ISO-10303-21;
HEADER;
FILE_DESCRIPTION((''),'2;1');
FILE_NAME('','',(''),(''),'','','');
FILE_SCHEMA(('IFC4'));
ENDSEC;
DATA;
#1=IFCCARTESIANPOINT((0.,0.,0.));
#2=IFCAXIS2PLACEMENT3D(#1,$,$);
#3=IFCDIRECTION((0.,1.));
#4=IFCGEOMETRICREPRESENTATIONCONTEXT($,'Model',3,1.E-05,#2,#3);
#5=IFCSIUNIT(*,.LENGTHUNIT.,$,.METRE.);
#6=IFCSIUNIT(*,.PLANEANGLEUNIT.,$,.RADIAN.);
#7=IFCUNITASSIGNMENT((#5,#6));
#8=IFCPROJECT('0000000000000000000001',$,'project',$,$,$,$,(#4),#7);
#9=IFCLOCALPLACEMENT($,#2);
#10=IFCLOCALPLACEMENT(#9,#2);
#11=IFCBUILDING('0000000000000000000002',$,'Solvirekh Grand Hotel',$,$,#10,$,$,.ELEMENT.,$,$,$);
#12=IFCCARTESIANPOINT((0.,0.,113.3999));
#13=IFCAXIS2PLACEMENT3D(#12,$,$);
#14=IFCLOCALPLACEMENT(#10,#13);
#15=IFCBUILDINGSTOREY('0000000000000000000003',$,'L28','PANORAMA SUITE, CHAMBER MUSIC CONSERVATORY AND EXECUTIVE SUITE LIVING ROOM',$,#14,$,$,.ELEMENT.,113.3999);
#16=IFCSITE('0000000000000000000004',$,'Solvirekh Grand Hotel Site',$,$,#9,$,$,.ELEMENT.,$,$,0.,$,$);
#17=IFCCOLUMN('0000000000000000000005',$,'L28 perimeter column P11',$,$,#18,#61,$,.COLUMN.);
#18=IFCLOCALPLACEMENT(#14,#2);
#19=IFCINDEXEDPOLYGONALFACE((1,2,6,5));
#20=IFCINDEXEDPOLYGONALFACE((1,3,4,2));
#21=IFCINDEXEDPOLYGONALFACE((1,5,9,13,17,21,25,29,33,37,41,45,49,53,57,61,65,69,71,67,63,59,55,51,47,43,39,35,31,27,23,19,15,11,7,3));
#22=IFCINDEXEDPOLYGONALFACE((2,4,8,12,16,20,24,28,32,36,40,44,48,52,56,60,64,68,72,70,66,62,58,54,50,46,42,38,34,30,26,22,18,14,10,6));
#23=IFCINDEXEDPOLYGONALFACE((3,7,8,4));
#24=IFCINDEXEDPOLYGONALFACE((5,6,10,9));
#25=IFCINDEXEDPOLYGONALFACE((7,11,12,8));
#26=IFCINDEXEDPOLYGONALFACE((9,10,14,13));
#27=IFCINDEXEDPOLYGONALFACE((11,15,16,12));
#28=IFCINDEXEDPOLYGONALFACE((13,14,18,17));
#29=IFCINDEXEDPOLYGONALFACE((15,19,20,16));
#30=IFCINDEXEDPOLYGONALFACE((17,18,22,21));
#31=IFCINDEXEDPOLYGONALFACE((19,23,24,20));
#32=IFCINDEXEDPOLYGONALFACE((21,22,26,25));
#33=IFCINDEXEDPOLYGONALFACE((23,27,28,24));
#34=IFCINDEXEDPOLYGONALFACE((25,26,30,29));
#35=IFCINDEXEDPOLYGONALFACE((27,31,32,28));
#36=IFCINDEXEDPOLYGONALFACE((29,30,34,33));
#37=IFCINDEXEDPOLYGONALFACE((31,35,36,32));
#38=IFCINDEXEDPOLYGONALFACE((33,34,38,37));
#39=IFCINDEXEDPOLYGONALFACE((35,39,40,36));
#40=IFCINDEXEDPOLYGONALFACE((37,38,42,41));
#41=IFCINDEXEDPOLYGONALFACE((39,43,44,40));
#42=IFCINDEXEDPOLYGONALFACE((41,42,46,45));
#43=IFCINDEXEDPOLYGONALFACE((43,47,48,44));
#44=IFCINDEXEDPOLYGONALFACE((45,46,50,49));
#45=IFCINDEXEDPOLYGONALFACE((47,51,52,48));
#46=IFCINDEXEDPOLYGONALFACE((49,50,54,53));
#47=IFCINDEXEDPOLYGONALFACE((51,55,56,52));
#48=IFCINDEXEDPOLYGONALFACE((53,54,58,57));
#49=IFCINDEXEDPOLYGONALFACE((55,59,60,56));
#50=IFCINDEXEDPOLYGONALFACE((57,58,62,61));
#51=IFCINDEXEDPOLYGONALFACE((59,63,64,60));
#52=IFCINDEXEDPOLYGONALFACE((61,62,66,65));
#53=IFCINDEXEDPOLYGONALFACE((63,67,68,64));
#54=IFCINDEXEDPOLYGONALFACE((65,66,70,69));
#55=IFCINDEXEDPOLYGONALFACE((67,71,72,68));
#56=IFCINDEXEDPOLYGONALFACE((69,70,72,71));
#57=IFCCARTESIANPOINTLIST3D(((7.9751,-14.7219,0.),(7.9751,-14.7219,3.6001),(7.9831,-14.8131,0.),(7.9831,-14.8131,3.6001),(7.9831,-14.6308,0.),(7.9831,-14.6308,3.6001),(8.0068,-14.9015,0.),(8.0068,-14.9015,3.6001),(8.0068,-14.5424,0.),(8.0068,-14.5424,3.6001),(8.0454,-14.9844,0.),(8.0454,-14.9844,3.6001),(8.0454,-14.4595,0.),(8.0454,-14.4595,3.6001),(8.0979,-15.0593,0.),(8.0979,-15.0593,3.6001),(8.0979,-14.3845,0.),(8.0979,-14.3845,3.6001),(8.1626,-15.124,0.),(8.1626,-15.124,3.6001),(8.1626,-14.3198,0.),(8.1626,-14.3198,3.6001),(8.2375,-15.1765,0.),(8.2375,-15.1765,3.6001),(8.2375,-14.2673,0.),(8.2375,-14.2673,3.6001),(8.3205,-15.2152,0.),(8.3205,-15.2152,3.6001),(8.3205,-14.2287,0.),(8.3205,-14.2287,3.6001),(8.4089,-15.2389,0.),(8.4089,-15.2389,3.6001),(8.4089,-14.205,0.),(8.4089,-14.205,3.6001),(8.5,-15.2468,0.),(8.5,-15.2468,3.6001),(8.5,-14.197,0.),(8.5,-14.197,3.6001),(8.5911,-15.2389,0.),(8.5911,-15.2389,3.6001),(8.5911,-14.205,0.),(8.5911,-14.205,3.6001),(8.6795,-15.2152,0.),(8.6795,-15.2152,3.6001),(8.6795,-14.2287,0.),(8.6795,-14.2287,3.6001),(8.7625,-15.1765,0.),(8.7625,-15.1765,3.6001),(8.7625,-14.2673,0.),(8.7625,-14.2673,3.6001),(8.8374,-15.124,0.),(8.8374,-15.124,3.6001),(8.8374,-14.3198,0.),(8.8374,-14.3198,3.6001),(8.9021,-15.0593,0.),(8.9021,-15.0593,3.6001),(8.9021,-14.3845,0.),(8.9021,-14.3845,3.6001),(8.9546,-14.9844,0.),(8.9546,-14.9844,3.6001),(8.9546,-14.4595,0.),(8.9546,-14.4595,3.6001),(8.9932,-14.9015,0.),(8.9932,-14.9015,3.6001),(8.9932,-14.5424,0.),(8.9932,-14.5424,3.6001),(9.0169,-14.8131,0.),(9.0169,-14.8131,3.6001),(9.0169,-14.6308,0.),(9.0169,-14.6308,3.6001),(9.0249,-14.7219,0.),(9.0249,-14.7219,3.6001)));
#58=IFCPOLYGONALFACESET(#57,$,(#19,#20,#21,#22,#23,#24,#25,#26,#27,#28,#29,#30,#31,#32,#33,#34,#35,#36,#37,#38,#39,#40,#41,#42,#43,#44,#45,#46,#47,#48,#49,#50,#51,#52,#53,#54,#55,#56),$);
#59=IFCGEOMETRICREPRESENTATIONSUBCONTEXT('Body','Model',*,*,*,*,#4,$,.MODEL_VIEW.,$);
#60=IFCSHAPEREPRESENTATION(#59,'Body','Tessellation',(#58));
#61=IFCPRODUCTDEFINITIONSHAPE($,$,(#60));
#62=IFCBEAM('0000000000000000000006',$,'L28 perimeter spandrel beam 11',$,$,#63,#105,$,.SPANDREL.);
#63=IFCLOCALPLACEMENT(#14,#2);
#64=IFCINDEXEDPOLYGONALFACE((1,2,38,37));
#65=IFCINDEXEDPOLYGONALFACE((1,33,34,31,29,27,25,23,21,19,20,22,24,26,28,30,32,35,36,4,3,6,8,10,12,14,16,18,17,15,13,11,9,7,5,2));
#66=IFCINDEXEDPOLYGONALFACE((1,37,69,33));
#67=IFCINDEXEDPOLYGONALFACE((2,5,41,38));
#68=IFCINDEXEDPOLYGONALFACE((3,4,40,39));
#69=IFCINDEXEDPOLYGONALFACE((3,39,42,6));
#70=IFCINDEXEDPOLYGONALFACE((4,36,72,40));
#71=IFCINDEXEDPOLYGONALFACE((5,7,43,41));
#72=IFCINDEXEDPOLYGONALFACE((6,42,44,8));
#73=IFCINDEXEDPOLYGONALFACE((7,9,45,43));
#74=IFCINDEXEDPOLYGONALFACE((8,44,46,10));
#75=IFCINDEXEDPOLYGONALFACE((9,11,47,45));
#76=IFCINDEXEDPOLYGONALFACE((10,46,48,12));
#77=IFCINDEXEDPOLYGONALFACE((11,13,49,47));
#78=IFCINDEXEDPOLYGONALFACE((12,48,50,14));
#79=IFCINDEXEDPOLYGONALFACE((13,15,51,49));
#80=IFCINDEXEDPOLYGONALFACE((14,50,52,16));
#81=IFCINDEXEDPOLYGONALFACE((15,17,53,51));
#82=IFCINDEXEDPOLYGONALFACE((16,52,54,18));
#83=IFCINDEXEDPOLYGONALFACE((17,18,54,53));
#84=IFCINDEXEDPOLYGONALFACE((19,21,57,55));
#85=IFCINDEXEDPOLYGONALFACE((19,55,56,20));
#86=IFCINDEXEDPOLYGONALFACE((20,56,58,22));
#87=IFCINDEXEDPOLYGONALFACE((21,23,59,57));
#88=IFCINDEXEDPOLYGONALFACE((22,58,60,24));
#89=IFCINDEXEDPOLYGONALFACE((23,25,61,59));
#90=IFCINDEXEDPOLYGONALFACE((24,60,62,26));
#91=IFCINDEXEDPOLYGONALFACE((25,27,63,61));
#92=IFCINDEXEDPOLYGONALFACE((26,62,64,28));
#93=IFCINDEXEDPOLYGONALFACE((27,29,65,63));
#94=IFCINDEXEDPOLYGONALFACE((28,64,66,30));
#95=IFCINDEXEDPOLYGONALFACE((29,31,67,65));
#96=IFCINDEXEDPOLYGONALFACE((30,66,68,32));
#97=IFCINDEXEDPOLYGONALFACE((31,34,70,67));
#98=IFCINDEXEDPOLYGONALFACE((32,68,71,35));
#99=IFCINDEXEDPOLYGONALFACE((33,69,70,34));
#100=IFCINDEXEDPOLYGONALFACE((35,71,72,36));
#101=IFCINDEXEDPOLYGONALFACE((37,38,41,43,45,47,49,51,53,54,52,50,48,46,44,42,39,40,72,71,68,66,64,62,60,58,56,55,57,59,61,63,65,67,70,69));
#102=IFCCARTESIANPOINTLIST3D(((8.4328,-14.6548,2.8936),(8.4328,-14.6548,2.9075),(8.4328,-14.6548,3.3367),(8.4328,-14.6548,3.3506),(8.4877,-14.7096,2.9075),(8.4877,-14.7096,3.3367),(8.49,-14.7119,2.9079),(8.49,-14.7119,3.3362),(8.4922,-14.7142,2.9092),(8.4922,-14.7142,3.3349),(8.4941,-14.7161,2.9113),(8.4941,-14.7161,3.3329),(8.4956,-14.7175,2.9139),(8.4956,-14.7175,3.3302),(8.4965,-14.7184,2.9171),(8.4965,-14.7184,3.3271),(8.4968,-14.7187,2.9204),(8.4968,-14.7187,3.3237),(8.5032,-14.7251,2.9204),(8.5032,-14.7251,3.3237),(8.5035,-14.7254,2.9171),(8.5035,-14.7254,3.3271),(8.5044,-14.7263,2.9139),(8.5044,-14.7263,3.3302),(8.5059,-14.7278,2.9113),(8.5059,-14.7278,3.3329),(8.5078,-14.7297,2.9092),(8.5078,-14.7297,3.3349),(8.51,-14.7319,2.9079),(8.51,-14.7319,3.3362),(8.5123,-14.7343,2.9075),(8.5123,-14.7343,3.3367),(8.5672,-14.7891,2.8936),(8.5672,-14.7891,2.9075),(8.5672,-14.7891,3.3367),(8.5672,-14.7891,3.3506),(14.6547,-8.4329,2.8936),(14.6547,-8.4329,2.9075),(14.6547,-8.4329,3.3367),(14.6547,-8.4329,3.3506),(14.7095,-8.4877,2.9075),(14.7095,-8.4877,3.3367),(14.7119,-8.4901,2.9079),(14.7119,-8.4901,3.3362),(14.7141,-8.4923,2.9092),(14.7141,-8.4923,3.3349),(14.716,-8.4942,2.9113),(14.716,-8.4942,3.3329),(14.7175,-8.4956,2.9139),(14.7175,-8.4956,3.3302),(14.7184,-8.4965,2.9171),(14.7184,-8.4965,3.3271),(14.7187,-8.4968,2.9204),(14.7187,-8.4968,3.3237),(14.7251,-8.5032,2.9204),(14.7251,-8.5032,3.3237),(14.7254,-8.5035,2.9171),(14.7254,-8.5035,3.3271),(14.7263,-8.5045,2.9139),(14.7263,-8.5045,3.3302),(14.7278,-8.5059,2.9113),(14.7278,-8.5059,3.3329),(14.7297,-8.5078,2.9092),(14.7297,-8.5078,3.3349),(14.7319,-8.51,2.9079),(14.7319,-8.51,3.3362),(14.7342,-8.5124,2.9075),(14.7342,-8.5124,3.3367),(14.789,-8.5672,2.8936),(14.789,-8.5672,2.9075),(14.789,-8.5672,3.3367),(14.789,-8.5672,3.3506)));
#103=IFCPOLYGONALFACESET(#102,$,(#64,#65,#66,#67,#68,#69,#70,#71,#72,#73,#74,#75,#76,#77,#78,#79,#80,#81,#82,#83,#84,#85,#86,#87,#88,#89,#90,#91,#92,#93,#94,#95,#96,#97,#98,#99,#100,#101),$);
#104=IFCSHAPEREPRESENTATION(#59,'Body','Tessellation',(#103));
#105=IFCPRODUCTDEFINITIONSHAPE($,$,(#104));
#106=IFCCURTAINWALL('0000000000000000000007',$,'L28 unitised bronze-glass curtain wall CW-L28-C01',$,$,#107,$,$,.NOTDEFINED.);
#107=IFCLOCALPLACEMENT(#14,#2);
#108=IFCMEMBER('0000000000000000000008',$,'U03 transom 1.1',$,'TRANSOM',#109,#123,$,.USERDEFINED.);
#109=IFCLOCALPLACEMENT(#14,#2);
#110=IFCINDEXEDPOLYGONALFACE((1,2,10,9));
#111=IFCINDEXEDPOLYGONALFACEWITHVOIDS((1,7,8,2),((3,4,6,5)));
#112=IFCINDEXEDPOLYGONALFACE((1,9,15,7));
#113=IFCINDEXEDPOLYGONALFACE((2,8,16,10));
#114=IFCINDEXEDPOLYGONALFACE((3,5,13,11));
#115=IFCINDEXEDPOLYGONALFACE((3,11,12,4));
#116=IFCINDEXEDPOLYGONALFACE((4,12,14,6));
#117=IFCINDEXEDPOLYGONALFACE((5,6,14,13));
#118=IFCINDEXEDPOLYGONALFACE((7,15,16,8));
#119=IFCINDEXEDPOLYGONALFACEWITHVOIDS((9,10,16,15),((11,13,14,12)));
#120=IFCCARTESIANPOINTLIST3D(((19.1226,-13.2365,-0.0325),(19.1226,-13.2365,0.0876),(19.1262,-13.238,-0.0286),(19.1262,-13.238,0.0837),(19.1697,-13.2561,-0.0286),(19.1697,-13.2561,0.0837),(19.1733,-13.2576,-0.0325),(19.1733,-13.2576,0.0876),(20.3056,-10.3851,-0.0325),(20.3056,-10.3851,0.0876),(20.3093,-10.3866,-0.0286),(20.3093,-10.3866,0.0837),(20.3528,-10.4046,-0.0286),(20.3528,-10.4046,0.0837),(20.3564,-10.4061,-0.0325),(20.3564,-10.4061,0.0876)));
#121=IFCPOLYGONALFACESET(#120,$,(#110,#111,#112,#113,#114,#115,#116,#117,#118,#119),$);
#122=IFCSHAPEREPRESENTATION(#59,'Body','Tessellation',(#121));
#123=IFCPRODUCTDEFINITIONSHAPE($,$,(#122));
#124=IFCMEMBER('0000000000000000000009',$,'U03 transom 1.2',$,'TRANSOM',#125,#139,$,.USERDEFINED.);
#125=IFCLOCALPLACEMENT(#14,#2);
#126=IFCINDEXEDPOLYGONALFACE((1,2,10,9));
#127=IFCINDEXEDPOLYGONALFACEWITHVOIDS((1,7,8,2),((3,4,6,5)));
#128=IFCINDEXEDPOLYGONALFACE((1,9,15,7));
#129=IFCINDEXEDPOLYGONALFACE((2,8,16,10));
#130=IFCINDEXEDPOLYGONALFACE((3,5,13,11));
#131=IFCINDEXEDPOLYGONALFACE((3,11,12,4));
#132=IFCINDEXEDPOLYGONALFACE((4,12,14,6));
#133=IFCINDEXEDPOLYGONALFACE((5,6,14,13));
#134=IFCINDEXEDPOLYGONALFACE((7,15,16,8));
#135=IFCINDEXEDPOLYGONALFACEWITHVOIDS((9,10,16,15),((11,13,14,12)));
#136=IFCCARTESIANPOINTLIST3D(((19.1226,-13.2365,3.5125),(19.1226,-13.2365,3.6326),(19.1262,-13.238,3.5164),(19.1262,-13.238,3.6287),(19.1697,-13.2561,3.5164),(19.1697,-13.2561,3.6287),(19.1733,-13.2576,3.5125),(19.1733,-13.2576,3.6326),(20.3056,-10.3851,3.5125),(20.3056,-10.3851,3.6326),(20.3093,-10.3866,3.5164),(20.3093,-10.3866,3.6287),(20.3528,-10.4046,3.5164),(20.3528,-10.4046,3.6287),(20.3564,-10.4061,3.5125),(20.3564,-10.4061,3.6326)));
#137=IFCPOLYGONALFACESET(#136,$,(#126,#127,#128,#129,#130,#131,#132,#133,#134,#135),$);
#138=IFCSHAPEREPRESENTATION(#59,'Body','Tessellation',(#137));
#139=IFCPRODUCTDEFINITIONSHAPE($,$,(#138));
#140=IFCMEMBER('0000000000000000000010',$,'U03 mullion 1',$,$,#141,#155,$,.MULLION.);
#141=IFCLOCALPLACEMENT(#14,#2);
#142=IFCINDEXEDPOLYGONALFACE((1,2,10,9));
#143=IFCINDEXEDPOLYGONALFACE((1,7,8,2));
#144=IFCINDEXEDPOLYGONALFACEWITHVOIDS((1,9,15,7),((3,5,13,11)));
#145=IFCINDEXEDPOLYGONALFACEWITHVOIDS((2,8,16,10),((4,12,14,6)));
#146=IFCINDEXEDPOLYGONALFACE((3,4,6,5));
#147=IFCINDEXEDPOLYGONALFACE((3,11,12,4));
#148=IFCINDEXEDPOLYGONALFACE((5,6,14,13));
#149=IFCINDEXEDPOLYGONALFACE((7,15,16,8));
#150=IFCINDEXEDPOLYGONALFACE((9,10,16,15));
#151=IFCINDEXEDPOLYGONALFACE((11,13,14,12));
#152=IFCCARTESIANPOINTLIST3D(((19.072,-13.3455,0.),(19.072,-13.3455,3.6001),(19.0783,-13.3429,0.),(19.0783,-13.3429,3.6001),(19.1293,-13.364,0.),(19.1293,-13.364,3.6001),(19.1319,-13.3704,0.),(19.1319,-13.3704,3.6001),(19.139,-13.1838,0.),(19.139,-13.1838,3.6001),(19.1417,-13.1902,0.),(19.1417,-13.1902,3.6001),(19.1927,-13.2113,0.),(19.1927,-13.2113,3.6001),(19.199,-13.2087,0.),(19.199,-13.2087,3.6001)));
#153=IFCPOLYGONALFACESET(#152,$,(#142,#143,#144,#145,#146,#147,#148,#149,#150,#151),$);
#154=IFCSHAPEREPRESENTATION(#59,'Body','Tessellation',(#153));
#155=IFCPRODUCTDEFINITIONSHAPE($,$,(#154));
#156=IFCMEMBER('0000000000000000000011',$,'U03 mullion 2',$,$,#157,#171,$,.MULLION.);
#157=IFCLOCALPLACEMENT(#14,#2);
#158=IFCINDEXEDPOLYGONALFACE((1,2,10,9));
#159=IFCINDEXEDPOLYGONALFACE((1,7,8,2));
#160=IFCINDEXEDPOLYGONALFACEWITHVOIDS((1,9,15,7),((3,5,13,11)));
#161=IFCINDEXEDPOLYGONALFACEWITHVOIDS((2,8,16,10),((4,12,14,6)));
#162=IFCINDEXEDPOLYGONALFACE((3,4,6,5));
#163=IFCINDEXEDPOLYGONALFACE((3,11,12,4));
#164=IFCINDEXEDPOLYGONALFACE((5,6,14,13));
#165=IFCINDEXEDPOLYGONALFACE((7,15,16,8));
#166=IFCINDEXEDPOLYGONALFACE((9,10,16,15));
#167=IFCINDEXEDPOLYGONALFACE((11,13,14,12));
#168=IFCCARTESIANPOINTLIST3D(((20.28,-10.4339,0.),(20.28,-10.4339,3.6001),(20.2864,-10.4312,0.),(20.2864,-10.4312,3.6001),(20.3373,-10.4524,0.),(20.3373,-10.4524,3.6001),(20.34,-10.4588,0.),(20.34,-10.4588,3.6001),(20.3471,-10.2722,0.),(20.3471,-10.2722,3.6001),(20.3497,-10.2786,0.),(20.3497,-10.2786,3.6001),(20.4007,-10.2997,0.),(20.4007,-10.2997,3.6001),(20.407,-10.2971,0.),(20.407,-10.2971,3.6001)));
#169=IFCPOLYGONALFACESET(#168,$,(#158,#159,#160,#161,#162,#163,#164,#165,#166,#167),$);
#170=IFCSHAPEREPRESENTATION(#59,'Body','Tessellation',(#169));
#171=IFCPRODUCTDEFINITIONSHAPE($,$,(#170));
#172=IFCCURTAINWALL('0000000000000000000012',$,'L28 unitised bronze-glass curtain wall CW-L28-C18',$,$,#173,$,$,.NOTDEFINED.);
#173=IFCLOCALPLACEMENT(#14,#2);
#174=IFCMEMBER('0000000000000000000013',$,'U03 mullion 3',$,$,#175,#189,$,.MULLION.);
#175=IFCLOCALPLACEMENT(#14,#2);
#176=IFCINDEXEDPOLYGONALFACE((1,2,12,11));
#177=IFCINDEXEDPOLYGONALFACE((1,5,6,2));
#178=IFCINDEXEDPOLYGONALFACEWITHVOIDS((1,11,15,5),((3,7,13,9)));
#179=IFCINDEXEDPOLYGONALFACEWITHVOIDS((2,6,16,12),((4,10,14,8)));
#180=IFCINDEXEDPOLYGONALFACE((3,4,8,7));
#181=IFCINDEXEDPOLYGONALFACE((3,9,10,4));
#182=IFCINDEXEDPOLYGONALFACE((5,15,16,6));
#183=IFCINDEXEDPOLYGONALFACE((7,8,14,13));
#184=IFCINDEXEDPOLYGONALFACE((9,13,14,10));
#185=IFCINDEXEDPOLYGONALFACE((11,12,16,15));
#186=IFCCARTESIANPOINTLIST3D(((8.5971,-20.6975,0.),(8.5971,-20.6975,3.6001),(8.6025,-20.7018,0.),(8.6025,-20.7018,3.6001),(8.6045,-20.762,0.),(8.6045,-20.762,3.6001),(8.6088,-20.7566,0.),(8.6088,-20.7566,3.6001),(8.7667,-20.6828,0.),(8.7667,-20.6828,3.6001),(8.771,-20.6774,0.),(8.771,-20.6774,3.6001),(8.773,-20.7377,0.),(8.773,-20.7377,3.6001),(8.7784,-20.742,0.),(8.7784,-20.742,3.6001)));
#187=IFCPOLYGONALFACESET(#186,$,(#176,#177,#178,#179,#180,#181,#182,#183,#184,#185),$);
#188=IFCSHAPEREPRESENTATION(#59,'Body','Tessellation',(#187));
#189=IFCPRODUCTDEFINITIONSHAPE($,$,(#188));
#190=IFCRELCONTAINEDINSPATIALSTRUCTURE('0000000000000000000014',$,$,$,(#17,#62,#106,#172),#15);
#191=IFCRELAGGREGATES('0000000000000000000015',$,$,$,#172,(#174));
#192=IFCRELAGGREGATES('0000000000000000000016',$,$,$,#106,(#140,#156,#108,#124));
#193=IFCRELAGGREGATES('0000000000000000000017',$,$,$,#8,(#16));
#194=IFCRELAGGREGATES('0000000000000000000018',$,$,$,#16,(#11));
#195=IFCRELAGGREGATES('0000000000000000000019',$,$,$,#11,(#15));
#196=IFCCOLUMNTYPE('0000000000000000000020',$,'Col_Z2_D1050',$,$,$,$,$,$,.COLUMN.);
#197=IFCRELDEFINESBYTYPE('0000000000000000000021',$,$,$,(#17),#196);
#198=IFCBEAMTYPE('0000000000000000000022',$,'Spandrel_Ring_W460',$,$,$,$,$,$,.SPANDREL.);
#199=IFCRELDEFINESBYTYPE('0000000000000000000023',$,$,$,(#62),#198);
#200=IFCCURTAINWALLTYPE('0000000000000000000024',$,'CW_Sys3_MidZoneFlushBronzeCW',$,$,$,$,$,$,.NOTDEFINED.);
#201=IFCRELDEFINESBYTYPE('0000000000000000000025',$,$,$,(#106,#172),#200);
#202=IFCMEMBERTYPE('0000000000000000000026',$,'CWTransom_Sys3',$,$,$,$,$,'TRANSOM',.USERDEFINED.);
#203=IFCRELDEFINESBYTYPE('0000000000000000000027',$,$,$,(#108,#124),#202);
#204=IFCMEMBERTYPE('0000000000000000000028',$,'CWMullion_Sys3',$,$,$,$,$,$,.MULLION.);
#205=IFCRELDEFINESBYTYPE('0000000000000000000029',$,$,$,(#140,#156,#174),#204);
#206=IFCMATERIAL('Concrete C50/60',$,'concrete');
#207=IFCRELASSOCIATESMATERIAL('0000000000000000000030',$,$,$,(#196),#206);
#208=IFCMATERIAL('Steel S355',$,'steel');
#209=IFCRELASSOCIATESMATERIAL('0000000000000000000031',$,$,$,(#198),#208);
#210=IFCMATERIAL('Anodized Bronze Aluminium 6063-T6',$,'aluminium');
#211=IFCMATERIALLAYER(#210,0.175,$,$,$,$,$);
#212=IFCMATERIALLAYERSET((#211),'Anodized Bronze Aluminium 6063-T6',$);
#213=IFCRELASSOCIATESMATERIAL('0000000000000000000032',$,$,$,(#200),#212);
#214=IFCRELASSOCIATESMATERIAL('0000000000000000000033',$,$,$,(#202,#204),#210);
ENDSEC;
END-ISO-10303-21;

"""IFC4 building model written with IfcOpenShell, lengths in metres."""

from ifc_helpers import new_model, si_unit, direction, frame, origin, origin_2d, place, context, subcontext, project, spatial, hollow_rectangle, circle, i_section, extrude, source, transform, mapped, material, layer, layer_set, material_profile, profile_set, type_object, element, aggregate, save


model = new_model("IFC4")

# Units and contexts
model_context = context("Model", 3, precision=1e-05, world=origin(), true_north=direction((0.0, 1.0)))
body_context = subcontext(model_context, "Body", "Model", "MODEL_VIEW")
ifc_project = project(units=[si_unit("LENGTHUNIT", "METRE"), si_unit("PLANEANGLEUNIT", "RADIAN")], contexts=[model_context])

# Site, building, storey
site_placement = place(None, origin())
site = spatial("IfcSite", under=ifc_project, at=site_placement, Name="Solvirekh Grand Hotel Site", CompositionType="ELEMENT", RefElevation=0.0)
building_placement = place(site_placement, origin())
building = spatial("IfcBuilding", under=site, at=building_placement, Name="Solvirekh Grand Hotel", CompositionType="ELEMENT")
storey_placement = place(building_placement, frame((0.0, 0.0, 113.3999)))
storey = spatial("IfcBuildingStorey", under=building, at=storey_placement, Name="L28", Description="PANORAMA SUITE, CHAMBER MUSIC CONSERVATORY AND EXECUTIVE SUITE LIVING ROOM", CompositionType="ELEMENT", Elevation=113.3999)

# Column
ifc_material_1 = material(Name="Concrete C50/60", Category="concrete")
ifc_material_profile_1 = material_profile(ifc_material_1, circle(Radius=0.5249, at=origin_2d()), Name="RC CIRC D1050")
ifc_profile_set_1 = profile_set([ifc_material_profile_1], Name="Concrete C50/60")
column_type = type_object("IfcColumnType", Name="Col_Z2_D1050", PredefinedType="COLUMN", material=ifc_profile_set_1)
column_placement = place(storey_placement, frame((8.5, -14.7219, 0.0), z_axis=(0.0, 0.0, 1.0), x_axis=(1.0, 0.0, 0.0)))
element("IfcColumn", 1, at=column_placement, inside=storey, type_object=column_type, Name="L28 perimeter column P11", PredefinedType="COLUMN", context=body_context, shape_type="SweptSolid", body=[
    extrude(circle(Radius=0.5249, at=origin_2d()), origin(), (0.0, 0.0, 1.0), 3.6001),
])

# Beam
ifc_material_2 = material(Name="Steel S355", Category="steel")
ifc_material_profile_2 = material_profile(ifc_material_2, i_section(OverallWidth=0.1899, OverallDepth=0.457, WebThickness=0.009, FlangeThickness=0.0139, FilletRadius=0.0129, at=origin_2d()), Name="W460X74")
ifc_profile_set_2 = profile_set([ifc_material_profile_2], Name="Steel S355")
beam_type = type_object("IfcBeamType", Name="Spandrel_Ring_W460", PredefinedType="SPANDREL", material=ifc_profile_set_2)
beam_placement = place(storey_placement, frame((8.5, -14.7219, 3.1221), z_axis=(0.707107, 0.707107, 0.0), x_axis=(-0.707107, 0.707107, 0.0)))
element("IfcBeam", 2, at=beam_placement, inside=storey, type_object=beam_type, Name="L28 perimeter spandrel beam 11", PredefinedType="SPANDREL", context=body_context, shape_type="SweptSolid", body=[
    extrude(i_section(OverallWidth=0.1899, OverallDepth=0.457, WebThickness=0.009, FlangeThickness=0.0139, FilletRadius=0.0129, at=origin_2d()), origin(), (0.0, 0.0, 1.0), 8.7991),
])

# Curtain wall, members
ifc_material_3 = material(Name="Anodized Bronze Aluminium 6063-T6", Category="aluminium")
ifc_layer_1 = layer(ifc_material_3, 0.175)
ifc_layer_set_1 = layer_set([ifc_layer_1], Name="Anodized Bronze Aluminium 6063-T6")
curtain_wall_type = type_object("IfcCurtainWallType", Name="CW_Sys3_MidZoneFlushBronzeCW", PredefinedType="NOTDEFINED", material=ifc_layer_set_1)
curtain_wall_1_placement = place(storey_placement, origin())
curtain_wall_1 = element("IfcCurtainWall", 3, at=curtain_wall_1_placement, inside=storey, type_object=curtain_wall_type, Name="L28 unitised bronze-glass curtain wall CW-L28-C01", PredefinedType="NOTDEFINED")
ifc_material_profile_3 = material_profile(ifc_material_3, hollow_rectangle(XDim=0.0549, YDim=0.1201, WallThickness=0.0039, at=origin_2d()), Name="ALU RHS 120X55X4")
ifc_profile_set_3 = profile_set([ifc_material_profile_3], Name="Anodized Bronze Aluminium 6063-T6")
member_type_1 = type_object("IfcMemberType", Name="CWTransom_Sys3", ElementType="TRANSOM", PredefinedType="USERDEFINED", material=ifc_profile_set_3)
shared_shape_1 = source(origin(), body_context, "Body", "SweptSolid", [
    extrude(hollow_rectangle(XDim=0.0549, YDim=0.1201, WallThickness=0.0039, at=origin_2d()), origin(), (0.0, 0.0, 1.0), 3.0872),
])
member_1_placement = place(storey_placement, frame((19.1479, -13.2471, 0.0276), z_axis=(0.383222, 0.923656, 0.0), x_axis=(-0.923656, 0.383222, 0.0)))
member_1 = element("IfcMember", 4, at=member_1_placement, type_object=member_type_1, Name="U03 transom 1.1", ObjectType="TRANSOM", PredefinedType="USERDEFINED", context=body_context, shape_type="MappedRepresentation", body=[
    mapped(shared_shape_1, transform((0.0, 0.0, 0.0), x_axis=(1.0, 0.0, 0.0), y_axis=(0.0, 1.0, 0.0), z_axis=(0.0, 0.0, 1.0), scale=1.0)),
])
member_2_placement = place(storey_placement, frame((19.1479, -13.2471, 3.5725), z_axis=(0.383222, 0.923656, 0.0), x_axis=(-0.923656, 0.383222, 0.0)))
member_2 = element("IfcMember", 5, at=member_2_placement, type_object=member_type_1, Name="U03 transom 1.2", ObjectType="TRANSOM", PredefinedType="USERDEFINED", context=body_context, shape_type="MappedRepresentation", body=[
    mapped(shared_shape_1, transform((0.0, 0.0, 0.0), x_axis=(1.0, 0.0, 0.0), y_axis=(0.0, 1.0, 0.0), z_axis=(0.0, 0.0, 1.0), scale=1.0)),
])
ifc_material_profile_4 = material_profile(ifc_material_3, hollow_rectangle(XDim=0.0649, YDim=0.175, WallThickness=0.0049, at=origin_2d()), Name="ALU RHS 175X65X5")
ifc_profile_set_4 = profile_set([ifc_material_profile_4], Name="Anodized Bronze Aluminium 6063-T6")
member_type_2 = type_object("IfcMemberType", Name="CWMullion_Sys3", PredefinedType="MULLION", material=ifc_profile_set_4)
shared_shape_2 = source(origin(), body_context, "Body", "SweptSolid", [
    extrude(hollow_rectangle(XDim=0.0649, YDim=0.175, WallThickness=0.0049, at=origin_2d()), origin(), (0.0, 0.0, 1.0), 3.6001),
])
member_3_placement = place(storey_placement, frame((19.1355, -13.2771, 0.0), z_axis=(0.0, 0.0, 1.0), x_axis=(-0.923647, 0.383244, 0.0)))
member_3 = element("IfcMember", 6, at=member_3_placement, type_object=member_type_2, Name="U03 mullion 1", PredefinedType="MULLION", context=body_context, shape_type="MappedRepresentation", body=[
    mapped(shared_shape_2, transform((0.0, 0.0, 0.0), x_axis=(1.0, 0.0, 0.0), y_axis=(0.0, 1.0, 0.0), z_axis=(0.0, 0.0, 1.0), scale=1.0)),
])
member_4_placement = place(storey_placement, frame((20.3435, -10.3655, 0.0), z_axis=(0.0, 0.0, 1.0), x_axis=(-0.923647, 0.383244, 0.0)))
member_4 = element("IfcMember", 7, at=member_4_placement, type_object=member_type_2, Name="U03 mullion 2", PredefinedType="MULLION", context=body_context, shape_type="MappedRepresentation", body=[
    mapped(shared_shape_2, transform((0.0, 0.0, 0.0), x_axis=(1.0, 0.0, 0.0), y_axis=(0.0, 1.0, 0.0), z_axis=(0.0, 0.0, 1.0), scale=1.0)),
])

# Curtain wall, member
curtain_wall_2_placement = place(storey_placement, origin())
curtain_wall_2 = element("IfcCurtainWall", 8, at=curtain_wall_2_placement, inside=storey, type_object=curtain_wall_type, Name="L28 unitised bronze-glass curtain wall CW-L28-C18", PredefinedType="NOTDEFINED")
member_5_placement = place(storey_placement, frame((8.6877, -20.7197, 0.0), z_axis=(0.0, 0.0, 1.0), x_axis=(-0.114608, 0.993411, 0.0)))
member_5 = element("IfcMember", 9, at=member_5_placement, type_object=member_type_2, Name="U03 mullion 3", PredefinedType="MULLION", context=body_context, shape_type="MappedRepresentation", body=[
    mapped(shared_shape_2, transform((0.0, 0.0, 0.0), x_axis=(1.0, 0.0, 0.0), y_axis=(0.0, 1.0, 0.0), z_axis=(0.0, 0.0, 1.0), scale=1.0)),
])
aggregate(curtain_wall_2, [member_5])

aggregate(curtain_wall_1, [member_3, member_4, member_1, member_2])

save(model, "model.ifc")
